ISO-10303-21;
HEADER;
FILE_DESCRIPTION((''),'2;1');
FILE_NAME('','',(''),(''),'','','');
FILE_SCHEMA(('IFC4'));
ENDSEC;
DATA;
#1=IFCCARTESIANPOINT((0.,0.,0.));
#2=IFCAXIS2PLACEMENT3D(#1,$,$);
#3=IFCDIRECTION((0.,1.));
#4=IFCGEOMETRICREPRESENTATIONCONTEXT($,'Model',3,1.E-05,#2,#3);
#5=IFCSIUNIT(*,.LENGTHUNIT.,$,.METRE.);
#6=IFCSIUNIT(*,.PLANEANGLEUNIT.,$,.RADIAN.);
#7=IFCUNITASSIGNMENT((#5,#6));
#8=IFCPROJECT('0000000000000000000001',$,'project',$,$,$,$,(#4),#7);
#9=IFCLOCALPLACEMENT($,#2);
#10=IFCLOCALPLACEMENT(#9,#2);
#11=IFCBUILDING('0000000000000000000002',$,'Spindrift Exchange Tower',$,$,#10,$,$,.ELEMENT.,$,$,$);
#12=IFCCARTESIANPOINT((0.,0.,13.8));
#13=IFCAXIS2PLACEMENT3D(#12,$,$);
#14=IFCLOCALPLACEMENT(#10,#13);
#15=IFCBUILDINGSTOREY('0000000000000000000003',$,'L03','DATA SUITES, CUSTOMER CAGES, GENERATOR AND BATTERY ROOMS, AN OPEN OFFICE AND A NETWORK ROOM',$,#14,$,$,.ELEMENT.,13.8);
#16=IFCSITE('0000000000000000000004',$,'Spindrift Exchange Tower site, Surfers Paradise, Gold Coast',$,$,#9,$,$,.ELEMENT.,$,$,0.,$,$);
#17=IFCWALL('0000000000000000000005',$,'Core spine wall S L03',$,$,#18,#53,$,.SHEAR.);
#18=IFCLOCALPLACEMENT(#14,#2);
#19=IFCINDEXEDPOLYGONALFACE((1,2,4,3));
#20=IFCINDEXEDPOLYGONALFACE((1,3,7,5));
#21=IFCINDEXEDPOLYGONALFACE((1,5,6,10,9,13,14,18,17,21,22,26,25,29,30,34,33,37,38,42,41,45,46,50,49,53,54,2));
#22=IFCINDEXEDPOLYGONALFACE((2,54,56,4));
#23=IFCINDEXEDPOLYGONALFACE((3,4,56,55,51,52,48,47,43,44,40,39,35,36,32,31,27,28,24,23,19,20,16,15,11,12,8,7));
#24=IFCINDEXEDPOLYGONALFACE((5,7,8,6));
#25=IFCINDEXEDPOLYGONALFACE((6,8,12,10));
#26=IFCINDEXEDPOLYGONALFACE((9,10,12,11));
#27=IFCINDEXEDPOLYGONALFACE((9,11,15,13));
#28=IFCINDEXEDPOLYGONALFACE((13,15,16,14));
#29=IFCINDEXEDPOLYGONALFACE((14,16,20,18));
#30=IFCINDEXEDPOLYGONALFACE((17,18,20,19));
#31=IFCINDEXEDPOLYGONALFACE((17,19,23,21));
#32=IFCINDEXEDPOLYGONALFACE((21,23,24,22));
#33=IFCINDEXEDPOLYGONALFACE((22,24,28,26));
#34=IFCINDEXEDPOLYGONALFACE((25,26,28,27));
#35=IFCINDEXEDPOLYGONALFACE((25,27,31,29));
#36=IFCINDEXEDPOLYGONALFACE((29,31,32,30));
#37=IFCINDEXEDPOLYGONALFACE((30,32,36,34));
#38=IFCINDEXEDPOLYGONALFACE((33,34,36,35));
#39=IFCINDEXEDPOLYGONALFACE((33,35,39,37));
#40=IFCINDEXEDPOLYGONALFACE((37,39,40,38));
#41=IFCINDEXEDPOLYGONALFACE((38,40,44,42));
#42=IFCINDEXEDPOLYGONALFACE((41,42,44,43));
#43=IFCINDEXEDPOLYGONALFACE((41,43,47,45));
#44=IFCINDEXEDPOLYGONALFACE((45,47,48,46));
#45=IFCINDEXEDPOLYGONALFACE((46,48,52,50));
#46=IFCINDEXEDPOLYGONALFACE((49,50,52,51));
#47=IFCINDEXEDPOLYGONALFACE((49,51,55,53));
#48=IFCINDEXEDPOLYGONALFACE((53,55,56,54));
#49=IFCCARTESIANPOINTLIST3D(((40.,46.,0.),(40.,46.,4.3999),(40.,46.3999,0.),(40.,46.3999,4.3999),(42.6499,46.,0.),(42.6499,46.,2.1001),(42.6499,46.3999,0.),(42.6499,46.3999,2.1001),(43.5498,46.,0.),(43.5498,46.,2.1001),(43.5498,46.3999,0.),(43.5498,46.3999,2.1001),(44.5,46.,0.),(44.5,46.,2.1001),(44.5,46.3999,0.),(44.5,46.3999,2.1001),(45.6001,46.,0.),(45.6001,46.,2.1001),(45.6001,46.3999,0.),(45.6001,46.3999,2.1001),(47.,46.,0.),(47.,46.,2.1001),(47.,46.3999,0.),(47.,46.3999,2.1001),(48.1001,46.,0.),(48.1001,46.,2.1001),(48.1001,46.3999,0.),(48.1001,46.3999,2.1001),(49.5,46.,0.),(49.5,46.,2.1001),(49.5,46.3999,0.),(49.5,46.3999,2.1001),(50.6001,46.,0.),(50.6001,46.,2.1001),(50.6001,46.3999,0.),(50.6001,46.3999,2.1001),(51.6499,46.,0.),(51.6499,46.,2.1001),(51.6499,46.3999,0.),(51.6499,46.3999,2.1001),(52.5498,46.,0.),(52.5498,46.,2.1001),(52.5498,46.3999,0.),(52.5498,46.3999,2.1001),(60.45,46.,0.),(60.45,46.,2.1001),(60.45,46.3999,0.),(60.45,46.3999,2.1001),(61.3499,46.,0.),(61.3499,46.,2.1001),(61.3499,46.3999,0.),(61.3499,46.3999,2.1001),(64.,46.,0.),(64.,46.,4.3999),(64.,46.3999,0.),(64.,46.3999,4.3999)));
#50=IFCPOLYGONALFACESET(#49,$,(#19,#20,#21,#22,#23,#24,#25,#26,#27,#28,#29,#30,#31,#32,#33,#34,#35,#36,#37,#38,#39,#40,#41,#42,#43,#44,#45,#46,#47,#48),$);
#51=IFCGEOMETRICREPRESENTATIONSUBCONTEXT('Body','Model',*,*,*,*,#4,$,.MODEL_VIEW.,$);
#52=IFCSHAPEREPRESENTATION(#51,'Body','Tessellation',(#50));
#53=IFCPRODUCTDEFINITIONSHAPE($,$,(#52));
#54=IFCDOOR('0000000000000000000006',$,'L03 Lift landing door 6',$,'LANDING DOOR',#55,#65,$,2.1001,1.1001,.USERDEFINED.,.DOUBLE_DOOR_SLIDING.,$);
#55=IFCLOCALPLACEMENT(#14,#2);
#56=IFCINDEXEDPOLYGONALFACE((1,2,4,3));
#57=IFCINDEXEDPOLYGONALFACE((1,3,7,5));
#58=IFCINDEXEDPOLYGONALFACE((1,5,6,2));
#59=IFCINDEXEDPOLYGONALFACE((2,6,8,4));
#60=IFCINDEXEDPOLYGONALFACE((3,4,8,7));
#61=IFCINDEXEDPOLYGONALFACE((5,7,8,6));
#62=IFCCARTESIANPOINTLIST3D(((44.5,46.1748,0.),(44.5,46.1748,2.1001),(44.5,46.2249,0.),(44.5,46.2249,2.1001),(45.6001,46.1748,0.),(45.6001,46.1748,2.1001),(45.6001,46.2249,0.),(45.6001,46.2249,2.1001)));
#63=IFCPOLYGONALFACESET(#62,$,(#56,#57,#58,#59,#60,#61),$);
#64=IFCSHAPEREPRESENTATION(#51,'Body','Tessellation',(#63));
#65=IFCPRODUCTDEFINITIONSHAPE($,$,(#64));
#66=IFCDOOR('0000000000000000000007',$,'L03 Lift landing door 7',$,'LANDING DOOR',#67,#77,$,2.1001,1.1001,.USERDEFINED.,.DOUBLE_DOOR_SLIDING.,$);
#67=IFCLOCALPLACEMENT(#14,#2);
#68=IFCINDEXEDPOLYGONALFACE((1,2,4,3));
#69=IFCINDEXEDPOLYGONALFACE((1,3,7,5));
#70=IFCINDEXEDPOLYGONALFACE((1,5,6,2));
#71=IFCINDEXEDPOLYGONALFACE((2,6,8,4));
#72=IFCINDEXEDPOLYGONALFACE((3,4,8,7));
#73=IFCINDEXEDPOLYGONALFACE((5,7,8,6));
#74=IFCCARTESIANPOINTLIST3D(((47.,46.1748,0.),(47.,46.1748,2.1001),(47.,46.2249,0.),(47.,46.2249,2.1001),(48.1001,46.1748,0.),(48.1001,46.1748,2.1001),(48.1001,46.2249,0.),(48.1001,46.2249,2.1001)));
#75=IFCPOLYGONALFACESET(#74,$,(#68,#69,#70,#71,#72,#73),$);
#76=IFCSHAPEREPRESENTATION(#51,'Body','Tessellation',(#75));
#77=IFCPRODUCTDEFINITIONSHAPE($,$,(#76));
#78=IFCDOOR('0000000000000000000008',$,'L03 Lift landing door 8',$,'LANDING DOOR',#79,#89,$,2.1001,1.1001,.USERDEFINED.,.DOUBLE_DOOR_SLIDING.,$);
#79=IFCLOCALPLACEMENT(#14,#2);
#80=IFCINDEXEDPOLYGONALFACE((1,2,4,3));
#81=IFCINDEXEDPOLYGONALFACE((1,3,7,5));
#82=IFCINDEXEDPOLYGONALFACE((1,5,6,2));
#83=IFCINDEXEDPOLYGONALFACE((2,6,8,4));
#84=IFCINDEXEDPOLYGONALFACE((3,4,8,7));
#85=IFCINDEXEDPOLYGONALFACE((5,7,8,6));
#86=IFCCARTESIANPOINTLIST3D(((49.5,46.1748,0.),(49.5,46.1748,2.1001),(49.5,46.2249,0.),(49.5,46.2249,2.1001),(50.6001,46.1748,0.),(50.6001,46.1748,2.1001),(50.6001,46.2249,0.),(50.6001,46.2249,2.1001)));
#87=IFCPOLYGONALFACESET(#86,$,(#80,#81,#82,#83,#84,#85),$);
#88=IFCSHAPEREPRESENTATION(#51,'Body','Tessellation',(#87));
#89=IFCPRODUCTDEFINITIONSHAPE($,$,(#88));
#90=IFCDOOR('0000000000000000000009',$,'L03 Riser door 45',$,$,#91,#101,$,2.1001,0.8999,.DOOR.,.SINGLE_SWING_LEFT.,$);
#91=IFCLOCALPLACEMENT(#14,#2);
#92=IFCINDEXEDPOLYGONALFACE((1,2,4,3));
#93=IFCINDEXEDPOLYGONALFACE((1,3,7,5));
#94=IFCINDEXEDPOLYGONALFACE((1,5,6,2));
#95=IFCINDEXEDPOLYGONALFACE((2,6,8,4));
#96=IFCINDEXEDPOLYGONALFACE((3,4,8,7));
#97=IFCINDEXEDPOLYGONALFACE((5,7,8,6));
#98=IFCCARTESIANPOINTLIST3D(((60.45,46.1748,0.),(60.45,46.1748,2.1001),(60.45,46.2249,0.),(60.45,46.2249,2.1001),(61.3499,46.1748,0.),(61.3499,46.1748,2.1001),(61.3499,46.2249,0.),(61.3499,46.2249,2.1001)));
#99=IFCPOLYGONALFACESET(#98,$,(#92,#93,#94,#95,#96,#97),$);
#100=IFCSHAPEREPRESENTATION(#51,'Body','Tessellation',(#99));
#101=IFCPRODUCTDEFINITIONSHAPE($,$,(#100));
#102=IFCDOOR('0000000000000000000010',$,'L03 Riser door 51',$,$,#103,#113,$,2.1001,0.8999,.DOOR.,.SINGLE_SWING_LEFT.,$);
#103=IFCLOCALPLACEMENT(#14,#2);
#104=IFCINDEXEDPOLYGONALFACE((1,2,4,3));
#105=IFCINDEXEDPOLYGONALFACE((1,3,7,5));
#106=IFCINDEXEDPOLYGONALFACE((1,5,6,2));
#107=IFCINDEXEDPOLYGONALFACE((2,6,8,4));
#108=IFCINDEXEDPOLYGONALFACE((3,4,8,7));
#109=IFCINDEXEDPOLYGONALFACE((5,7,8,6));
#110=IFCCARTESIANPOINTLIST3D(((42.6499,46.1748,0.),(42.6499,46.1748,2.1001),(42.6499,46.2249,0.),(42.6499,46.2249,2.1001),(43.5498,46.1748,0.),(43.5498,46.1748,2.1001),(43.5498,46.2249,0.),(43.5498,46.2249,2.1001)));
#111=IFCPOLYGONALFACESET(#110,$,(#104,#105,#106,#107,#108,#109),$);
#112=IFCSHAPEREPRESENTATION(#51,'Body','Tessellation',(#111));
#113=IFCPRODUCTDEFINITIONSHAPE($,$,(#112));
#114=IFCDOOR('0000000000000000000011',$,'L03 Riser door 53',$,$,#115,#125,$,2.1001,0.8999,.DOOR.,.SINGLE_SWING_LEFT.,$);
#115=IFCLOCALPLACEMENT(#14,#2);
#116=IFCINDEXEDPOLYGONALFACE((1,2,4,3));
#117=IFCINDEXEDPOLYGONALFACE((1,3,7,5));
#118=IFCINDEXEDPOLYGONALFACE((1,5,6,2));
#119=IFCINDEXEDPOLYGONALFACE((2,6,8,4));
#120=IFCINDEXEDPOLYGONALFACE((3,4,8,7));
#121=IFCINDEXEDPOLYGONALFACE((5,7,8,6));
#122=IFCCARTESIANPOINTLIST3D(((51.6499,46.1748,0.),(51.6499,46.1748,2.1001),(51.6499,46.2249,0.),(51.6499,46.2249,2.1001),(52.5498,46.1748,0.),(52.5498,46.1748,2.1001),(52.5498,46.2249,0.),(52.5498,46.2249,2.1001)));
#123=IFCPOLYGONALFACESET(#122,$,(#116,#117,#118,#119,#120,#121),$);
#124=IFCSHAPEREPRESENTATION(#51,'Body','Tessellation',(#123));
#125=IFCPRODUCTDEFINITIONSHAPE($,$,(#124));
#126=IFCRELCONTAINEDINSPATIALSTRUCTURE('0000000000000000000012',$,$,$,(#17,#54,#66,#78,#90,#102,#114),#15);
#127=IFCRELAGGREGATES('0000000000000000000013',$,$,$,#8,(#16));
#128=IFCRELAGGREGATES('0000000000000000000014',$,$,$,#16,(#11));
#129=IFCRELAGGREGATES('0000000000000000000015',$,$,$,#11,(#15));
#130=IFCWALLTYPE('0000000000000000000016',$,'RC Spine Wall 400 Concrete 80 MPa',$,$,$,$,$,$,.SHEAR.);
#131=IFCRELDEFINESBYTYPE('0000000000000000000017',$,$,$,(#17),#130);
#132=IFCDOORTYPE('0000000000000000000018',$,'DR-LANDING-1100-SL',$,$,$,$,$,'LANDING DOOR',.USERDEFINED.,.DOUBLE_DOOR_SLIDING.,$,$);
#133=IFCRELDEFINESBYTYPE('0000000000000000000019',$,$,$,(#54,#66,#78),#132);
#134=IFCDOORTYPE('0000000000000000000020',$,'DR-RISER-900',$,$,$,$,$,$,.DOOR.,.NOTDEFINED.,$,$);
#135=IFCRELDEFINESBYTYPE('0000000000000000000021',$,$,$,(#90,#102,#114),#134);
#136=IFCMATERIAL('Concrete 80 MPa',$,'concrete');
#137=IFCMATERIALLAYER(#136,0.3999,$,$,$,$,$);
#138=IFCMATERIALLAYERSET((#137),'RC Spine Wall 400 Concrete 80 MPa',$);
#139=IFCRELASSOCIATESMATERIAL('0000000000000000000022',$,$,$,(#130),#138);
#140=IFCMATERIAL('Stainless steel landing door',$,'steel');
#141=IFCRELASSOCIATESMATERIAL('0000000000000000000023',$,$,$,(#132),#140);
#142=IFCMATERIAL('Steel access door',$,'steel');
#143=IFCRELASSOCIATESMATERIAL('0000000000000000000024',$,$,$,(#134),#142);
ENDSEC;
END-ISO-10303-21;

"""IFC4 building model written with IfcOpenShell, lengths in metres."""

from ifc_helpers import new_model, si_unit, direction, frame, frame_2d, origin, place, context, subcontext, project, spatial, rectangle, extrude, source, transform, mapped, material, layer, layer_set, type_object, element, fill, save


model = new_model("IFC4")

# Units and contexts
model_context = context("Model", 3, precision=1e-05, world=origin(), true_north=direction((0.0, 1.0)))
body_context = subcontext(model_context, "Body", "Model", "MODEL_VIEW")
ifc_project = project(units=[si_unit("LENGTHUNIT", "METRE"), si_unit("PLANEANGLEUNIT", "RADIAN")], contexts=[model_context])

# Site, building, storey
site_placement = place(None, origin())
site = spatial("IfcSite", under=ifc_project, at=site_placement, Name="Spindrift Exchange Tower site, Surfers Paradise, Gold Coast", CompositionType="ELEMENT", RefElevation=0.0)
building_placement = place(site_placement, origin())
building = spatial("IfcBuilding", under=site, at=building_placement, Name="Spindrift Exchange Tower", CompositionType="ELEMENT")
storey_placement = place(building_placement, frame((0.0, 0.0, 13.8)))
storey = spatial("IfcBuildingStorey", under=building, at=storey_placement, Name="L03", Description="DATA SUITES, CUSTOMER CAGES, GENERATOR AND BATTERY ROOMS, AN OPEN OFFICE AND A NETWORK ROOM", CompositionType="ELEMENT", Elevation=13.8)

# Shared definitions
ifc_material_1 = material(Name="Concrete 80 MPa", Category="concrete")

# Wall, openings, doors
ifc_layer_1 = layer(ifc_material_1, 0.3999)
ifc_layer_set_1 = layer_set([ifc_layer_1], Name="RC Spine Wall 400 Concrete 80 MPa")
wall_type_1 = type_object("IfcWallType", Name="RC Spine Wall 400 Concrete 80 MPa", PredefinedType="SHEAR", material=ifc_layer_set_1)
ifc_material_2 = material(Name="Stainless steel landing door", Category="steel")
door_type_1 = type_object("IfcDoorType", Name="DR-LANDING-1100-SL", ElementType="LANDING DOOR", OperationType="DOUBLE_DOOR_SLIDING", PredefinedType="USERDEFINED", material=ifc_material_2)
shared_shape_1 = source(origin(), body_context, "Body", "SweptSolid", [
    extrude(rectangle(XDim=1.1001, YDim=2.1001, at=frame_2d((0.55, 1.05))), frame((0.0, 0.0249, 0.0), z_axis=(0.0, -1.0, 0.0), x_axis=(1.0, 0.0, 0.0)), (0.0, 0.0, 1.0), 0.05),
])
ifc_material_3 = material(Name="Steel access door", Category="steel")
door_type_2 = type_object("IfcDoorType", Name="DR-RISER-900", OperationType="NOTDEFINED", PredefinedType="DOOR", material=ifc_material_3)
shared_shape_2 = source(origin(), body_context, "Body", "SweptSolid", [
    extrude(rectangle(XDim=0.8999, YDim=2.1001, at=frame_2d((0.45, 1.05))), frame((0.0, 0.0249, 0.0), z_axis=(0.0, -1.0, 0.0), x_axis=(1.0, 0.0, 0.0)), (0.0, 0.0, 1.0), 0.05),
])
wall_1_placement = place(storey_placement, frame((40.0, 46.2, 0.0), z_axis=(0.0, 0.0, 1.0), x_axis=(1.0, 0.0, 0.0)))
wall_1 = element("IfcWall", 1, at=wall_1_placement, inside=storey, type_object=wall_type_1, Name="Core spine wall S L03", PredefinedType="SHEAR", context=body_context, shape_type="SweptSolid", body=[
    extrude(rectangle(XDim=24.0, YDim=0.3999, at=frame_2d((12.0, 0.0))), origin(), (0.0, 0.0, 1.0), 4.3999),
])
opening_1_placement = place(wall_1_placement, frame((4.5, 0.0, 0.0)))
opening_1 = element("IfcOpeningElement", 2, at=opening_1_placement, cuts=wall_1, PredefinedType="OPENING", context=body_context, shape_type="SweptSolid", body=[
    extrude(rectangle(XDim=1.1001, YDim=2.1001, at=frame_2d((0.55, 1.05))), frame((0.0, 0.21, 0.0), z_axis=(0.0, -1.0, 0.0), x_axis=(1.0, 0.0, 0.0)), (0.0, 0.0, 1.0), 0.4199),
])
opening_2_placement = place(wall_1_placement, frame((7.0, 0.0, 0.0)))
opening_2 = element("IfcOpeningElement", 3, at=opening_2_placement, cuts=wall_1, PredefinedType="OPENING", context=body_context, shape_type="SweptSolid", body=[
    extrude(rectangle(XDim=1.1001, YDim=2.1001, at=frame_2d((0.55, 1.05))), frame((0.0, 0.21, 0.0), z_axis=(0.0, -1.0, 0.0), x_axis=(1.0, 0.0, 0.0)), (0.0, 0.0, 1.0), 0.4199),
])
opening_3_placement = place(wall_1_placement, frame((9.5, 0.0, 0.0)))
opening_3 = element("IfcOpeningElement", 4, at=opening_3_placement, cuts=wall_1, PredefinedType="OPENING", context=body_context, shape_type="SweptSolid", body=[
    extrude(rectangle(XDim=1.1001, YDim=2.1001, at=frame_2d((0.55, 1.05))), frame((0.0, 0.21, 0.0), z_axis=(0.0, -1.0, 0.0), x_axis=(1.0, 0.0, 0.0)), (0.0, 0.0, 1.0), 0.4199),
])
opening_4_placement = place(wall_1_placement, frame((20.45, 0.0, 0.0)))
opening_4 = element("IfcOpeningElement", 5, at=opening_4_placement, cuts=wall_1, PredefinedType="OPENING", context=body_context, shape_type="SweptSolid", body=[
    extrude(rectangle(XDim=0.8999, YDim=2.1001, at=frame_2d((0.45, 1.05))), frame((0.0, 0.21, 0.0), z_axis=(0.0, -1.0, 0.0), x_axis=(1.0, 0.0, 0.0)), (0.0, 0.0, 1.0), 0.4199),
])
opening_5_placement = place(wall_1_placement, frame((2.6499, 0.0, 0.0)))
opening_5 = element("IfcOpeningElement", 6, at=opening_5_placement, cuts=wall_1, PredefinedType="OPENING", context=body_context, shape_type="SweptSolid", body=[
    extrude(rectangle(XDim=0.8999, YDim=2.1001, at=frame_2d((0.45, 1.05))), frame((0.0, 0.21, 0.0), z_axis=(0.0, -1.0, 0.0), x_axis=(1.0, 0.0, 0.0)), (0.0, 0.0, 1.0), 0.4199),
])
opening_6_placement = place(wall_1_placement, frame((11.6499, 0.0, 0.0)))
opening_6 = element("IfcOpeningElement", 7, at=opening_6_placement, cuts=wall_1, PredefinedType="OPENING", context=body_context, shape_type="SweptSolid", body=[
    extrude(rectangle(XDim=0.8999, YDim=2.1001, at=frame_2d((0.45, 1.05))), frame((0.0, 0.21, 0.0), z_axis=(0.0, -1.0, 0.0), x_axis=(1.0, 0.0, 0.0)), (0.0, 0.0, 1.0), 0.4199),
])
door_1_placement = place(opening_1_placement, origin())
door_1 = element("IfcDoor", 8, at=door_1_placement, inside=storey, type_object=door_type_1, Name="L03 Lift landing door 6", ObjectType="LANDING DOOR", OperationType="DOUBLE_DOOR_SLIDING", OverallHeight=2.1001, OverallWidth=1.1001, PredefinedType="USERDEFINED", context=body_context, shape_type="MappedRepresentation", body=[
    mapped(shared_shape_1, transform((0.0, 0.0, 0.0), scale=1.0)),
])
fill(opening_1, door_1)
door_2_placement = place(opening_2_placement, origin())
door_2 = element("IfcDoor", 9, at=door_2_placement, inside=storey, type_object=door_type_1, Name="L03 Lift landing door 7", ObjectType="LANDING DOOR", OperationType="DOUBLE_DOOR_SLIDING", OverallHeight=2.1001, OverallWidth=1.1001, PredefinedType="USERDEFINED", context=body_context, shape_type="MappedRepresentation", body=[
    mapped(shared_shape_1, transform((0.0, 0.0, 0.0), scale=1.0)),
])
fill(opening_2, door_2)
door_3_placement = place(opening_3_placement, origin())
door_3 = element("IfcDoor", 10, at=door_3_placement, inside=storey, type_object=door_type_1, Name="L03 Lift landing door 8", ObjectType="LANDING DOOR", OperationType="DOUBLE_DOOR_SLIDING", OverallHeight=2.1001, OverallWidth=1.1001, PredefinedType="USERDEFINED", context=body_context, shape_type="MappedRepresentation", body=[
    mapped(shared_shape_1, transform((0.0, 0.0, 0.0), scale=1.0)),
])
fill(opening_3, door_3)
door_4_placement = place(opening_4_placement, origin())
door_4 = element("IfcDoor", 11, at=door_4_placement, inside=storey, type_object=door_type_2, Name="L03 Riser door 45", OperationType="SINGLE_SWING_LEFT", OverallHeight=2.1001, OverallWidth=0.8999, PredefinedType="DOOR", context=body_context, shape_type="MappedRepresentation", body=[
    mapped(shared_shape_2, transform((0.0, 0.0, 0.0), scale=1.0)),
])
fill(opening_4, door_4)
door_5_placement = place(opening_5_placement, origin())
door_5 = element("IfcDoor", 12, at=door_5_placement, inside=storey, type_object=door_type_2, Name="L03 Riser door 51", OperationType="SINGLE_SWING_LEFT", OverallHeight=2.1001, OverallWidth=0.8999, PredefinedType="DOOR", context=body_context, shape_type="MappedRepresentation", body=[
    mapped(shared_shape_2, transform((0.0, 0.0, 0.0), scale=1.0)),
])
fill(opening_5, door_5)
door_6_placement = place(opening_6_placement, origin())
door_6 = element("IfcDoor", 13, at=door_6_placement, inside=storey, type_object=door_type_2, Name="L03 Riser door 53", OperationType="SINGLE_SWING_LEFT", OverallHeight=2.1001, OverallWidth=0.8999, PredefinedType="DOOR", context=body_context, shape_type="MappedRepresentation", body=[
    mapped(shared_shape_2, transform((0.0, 0.0, 0.0), scale=1.0)),
])
fill(opening_6, door_6)

save(model, "model.ifc")
